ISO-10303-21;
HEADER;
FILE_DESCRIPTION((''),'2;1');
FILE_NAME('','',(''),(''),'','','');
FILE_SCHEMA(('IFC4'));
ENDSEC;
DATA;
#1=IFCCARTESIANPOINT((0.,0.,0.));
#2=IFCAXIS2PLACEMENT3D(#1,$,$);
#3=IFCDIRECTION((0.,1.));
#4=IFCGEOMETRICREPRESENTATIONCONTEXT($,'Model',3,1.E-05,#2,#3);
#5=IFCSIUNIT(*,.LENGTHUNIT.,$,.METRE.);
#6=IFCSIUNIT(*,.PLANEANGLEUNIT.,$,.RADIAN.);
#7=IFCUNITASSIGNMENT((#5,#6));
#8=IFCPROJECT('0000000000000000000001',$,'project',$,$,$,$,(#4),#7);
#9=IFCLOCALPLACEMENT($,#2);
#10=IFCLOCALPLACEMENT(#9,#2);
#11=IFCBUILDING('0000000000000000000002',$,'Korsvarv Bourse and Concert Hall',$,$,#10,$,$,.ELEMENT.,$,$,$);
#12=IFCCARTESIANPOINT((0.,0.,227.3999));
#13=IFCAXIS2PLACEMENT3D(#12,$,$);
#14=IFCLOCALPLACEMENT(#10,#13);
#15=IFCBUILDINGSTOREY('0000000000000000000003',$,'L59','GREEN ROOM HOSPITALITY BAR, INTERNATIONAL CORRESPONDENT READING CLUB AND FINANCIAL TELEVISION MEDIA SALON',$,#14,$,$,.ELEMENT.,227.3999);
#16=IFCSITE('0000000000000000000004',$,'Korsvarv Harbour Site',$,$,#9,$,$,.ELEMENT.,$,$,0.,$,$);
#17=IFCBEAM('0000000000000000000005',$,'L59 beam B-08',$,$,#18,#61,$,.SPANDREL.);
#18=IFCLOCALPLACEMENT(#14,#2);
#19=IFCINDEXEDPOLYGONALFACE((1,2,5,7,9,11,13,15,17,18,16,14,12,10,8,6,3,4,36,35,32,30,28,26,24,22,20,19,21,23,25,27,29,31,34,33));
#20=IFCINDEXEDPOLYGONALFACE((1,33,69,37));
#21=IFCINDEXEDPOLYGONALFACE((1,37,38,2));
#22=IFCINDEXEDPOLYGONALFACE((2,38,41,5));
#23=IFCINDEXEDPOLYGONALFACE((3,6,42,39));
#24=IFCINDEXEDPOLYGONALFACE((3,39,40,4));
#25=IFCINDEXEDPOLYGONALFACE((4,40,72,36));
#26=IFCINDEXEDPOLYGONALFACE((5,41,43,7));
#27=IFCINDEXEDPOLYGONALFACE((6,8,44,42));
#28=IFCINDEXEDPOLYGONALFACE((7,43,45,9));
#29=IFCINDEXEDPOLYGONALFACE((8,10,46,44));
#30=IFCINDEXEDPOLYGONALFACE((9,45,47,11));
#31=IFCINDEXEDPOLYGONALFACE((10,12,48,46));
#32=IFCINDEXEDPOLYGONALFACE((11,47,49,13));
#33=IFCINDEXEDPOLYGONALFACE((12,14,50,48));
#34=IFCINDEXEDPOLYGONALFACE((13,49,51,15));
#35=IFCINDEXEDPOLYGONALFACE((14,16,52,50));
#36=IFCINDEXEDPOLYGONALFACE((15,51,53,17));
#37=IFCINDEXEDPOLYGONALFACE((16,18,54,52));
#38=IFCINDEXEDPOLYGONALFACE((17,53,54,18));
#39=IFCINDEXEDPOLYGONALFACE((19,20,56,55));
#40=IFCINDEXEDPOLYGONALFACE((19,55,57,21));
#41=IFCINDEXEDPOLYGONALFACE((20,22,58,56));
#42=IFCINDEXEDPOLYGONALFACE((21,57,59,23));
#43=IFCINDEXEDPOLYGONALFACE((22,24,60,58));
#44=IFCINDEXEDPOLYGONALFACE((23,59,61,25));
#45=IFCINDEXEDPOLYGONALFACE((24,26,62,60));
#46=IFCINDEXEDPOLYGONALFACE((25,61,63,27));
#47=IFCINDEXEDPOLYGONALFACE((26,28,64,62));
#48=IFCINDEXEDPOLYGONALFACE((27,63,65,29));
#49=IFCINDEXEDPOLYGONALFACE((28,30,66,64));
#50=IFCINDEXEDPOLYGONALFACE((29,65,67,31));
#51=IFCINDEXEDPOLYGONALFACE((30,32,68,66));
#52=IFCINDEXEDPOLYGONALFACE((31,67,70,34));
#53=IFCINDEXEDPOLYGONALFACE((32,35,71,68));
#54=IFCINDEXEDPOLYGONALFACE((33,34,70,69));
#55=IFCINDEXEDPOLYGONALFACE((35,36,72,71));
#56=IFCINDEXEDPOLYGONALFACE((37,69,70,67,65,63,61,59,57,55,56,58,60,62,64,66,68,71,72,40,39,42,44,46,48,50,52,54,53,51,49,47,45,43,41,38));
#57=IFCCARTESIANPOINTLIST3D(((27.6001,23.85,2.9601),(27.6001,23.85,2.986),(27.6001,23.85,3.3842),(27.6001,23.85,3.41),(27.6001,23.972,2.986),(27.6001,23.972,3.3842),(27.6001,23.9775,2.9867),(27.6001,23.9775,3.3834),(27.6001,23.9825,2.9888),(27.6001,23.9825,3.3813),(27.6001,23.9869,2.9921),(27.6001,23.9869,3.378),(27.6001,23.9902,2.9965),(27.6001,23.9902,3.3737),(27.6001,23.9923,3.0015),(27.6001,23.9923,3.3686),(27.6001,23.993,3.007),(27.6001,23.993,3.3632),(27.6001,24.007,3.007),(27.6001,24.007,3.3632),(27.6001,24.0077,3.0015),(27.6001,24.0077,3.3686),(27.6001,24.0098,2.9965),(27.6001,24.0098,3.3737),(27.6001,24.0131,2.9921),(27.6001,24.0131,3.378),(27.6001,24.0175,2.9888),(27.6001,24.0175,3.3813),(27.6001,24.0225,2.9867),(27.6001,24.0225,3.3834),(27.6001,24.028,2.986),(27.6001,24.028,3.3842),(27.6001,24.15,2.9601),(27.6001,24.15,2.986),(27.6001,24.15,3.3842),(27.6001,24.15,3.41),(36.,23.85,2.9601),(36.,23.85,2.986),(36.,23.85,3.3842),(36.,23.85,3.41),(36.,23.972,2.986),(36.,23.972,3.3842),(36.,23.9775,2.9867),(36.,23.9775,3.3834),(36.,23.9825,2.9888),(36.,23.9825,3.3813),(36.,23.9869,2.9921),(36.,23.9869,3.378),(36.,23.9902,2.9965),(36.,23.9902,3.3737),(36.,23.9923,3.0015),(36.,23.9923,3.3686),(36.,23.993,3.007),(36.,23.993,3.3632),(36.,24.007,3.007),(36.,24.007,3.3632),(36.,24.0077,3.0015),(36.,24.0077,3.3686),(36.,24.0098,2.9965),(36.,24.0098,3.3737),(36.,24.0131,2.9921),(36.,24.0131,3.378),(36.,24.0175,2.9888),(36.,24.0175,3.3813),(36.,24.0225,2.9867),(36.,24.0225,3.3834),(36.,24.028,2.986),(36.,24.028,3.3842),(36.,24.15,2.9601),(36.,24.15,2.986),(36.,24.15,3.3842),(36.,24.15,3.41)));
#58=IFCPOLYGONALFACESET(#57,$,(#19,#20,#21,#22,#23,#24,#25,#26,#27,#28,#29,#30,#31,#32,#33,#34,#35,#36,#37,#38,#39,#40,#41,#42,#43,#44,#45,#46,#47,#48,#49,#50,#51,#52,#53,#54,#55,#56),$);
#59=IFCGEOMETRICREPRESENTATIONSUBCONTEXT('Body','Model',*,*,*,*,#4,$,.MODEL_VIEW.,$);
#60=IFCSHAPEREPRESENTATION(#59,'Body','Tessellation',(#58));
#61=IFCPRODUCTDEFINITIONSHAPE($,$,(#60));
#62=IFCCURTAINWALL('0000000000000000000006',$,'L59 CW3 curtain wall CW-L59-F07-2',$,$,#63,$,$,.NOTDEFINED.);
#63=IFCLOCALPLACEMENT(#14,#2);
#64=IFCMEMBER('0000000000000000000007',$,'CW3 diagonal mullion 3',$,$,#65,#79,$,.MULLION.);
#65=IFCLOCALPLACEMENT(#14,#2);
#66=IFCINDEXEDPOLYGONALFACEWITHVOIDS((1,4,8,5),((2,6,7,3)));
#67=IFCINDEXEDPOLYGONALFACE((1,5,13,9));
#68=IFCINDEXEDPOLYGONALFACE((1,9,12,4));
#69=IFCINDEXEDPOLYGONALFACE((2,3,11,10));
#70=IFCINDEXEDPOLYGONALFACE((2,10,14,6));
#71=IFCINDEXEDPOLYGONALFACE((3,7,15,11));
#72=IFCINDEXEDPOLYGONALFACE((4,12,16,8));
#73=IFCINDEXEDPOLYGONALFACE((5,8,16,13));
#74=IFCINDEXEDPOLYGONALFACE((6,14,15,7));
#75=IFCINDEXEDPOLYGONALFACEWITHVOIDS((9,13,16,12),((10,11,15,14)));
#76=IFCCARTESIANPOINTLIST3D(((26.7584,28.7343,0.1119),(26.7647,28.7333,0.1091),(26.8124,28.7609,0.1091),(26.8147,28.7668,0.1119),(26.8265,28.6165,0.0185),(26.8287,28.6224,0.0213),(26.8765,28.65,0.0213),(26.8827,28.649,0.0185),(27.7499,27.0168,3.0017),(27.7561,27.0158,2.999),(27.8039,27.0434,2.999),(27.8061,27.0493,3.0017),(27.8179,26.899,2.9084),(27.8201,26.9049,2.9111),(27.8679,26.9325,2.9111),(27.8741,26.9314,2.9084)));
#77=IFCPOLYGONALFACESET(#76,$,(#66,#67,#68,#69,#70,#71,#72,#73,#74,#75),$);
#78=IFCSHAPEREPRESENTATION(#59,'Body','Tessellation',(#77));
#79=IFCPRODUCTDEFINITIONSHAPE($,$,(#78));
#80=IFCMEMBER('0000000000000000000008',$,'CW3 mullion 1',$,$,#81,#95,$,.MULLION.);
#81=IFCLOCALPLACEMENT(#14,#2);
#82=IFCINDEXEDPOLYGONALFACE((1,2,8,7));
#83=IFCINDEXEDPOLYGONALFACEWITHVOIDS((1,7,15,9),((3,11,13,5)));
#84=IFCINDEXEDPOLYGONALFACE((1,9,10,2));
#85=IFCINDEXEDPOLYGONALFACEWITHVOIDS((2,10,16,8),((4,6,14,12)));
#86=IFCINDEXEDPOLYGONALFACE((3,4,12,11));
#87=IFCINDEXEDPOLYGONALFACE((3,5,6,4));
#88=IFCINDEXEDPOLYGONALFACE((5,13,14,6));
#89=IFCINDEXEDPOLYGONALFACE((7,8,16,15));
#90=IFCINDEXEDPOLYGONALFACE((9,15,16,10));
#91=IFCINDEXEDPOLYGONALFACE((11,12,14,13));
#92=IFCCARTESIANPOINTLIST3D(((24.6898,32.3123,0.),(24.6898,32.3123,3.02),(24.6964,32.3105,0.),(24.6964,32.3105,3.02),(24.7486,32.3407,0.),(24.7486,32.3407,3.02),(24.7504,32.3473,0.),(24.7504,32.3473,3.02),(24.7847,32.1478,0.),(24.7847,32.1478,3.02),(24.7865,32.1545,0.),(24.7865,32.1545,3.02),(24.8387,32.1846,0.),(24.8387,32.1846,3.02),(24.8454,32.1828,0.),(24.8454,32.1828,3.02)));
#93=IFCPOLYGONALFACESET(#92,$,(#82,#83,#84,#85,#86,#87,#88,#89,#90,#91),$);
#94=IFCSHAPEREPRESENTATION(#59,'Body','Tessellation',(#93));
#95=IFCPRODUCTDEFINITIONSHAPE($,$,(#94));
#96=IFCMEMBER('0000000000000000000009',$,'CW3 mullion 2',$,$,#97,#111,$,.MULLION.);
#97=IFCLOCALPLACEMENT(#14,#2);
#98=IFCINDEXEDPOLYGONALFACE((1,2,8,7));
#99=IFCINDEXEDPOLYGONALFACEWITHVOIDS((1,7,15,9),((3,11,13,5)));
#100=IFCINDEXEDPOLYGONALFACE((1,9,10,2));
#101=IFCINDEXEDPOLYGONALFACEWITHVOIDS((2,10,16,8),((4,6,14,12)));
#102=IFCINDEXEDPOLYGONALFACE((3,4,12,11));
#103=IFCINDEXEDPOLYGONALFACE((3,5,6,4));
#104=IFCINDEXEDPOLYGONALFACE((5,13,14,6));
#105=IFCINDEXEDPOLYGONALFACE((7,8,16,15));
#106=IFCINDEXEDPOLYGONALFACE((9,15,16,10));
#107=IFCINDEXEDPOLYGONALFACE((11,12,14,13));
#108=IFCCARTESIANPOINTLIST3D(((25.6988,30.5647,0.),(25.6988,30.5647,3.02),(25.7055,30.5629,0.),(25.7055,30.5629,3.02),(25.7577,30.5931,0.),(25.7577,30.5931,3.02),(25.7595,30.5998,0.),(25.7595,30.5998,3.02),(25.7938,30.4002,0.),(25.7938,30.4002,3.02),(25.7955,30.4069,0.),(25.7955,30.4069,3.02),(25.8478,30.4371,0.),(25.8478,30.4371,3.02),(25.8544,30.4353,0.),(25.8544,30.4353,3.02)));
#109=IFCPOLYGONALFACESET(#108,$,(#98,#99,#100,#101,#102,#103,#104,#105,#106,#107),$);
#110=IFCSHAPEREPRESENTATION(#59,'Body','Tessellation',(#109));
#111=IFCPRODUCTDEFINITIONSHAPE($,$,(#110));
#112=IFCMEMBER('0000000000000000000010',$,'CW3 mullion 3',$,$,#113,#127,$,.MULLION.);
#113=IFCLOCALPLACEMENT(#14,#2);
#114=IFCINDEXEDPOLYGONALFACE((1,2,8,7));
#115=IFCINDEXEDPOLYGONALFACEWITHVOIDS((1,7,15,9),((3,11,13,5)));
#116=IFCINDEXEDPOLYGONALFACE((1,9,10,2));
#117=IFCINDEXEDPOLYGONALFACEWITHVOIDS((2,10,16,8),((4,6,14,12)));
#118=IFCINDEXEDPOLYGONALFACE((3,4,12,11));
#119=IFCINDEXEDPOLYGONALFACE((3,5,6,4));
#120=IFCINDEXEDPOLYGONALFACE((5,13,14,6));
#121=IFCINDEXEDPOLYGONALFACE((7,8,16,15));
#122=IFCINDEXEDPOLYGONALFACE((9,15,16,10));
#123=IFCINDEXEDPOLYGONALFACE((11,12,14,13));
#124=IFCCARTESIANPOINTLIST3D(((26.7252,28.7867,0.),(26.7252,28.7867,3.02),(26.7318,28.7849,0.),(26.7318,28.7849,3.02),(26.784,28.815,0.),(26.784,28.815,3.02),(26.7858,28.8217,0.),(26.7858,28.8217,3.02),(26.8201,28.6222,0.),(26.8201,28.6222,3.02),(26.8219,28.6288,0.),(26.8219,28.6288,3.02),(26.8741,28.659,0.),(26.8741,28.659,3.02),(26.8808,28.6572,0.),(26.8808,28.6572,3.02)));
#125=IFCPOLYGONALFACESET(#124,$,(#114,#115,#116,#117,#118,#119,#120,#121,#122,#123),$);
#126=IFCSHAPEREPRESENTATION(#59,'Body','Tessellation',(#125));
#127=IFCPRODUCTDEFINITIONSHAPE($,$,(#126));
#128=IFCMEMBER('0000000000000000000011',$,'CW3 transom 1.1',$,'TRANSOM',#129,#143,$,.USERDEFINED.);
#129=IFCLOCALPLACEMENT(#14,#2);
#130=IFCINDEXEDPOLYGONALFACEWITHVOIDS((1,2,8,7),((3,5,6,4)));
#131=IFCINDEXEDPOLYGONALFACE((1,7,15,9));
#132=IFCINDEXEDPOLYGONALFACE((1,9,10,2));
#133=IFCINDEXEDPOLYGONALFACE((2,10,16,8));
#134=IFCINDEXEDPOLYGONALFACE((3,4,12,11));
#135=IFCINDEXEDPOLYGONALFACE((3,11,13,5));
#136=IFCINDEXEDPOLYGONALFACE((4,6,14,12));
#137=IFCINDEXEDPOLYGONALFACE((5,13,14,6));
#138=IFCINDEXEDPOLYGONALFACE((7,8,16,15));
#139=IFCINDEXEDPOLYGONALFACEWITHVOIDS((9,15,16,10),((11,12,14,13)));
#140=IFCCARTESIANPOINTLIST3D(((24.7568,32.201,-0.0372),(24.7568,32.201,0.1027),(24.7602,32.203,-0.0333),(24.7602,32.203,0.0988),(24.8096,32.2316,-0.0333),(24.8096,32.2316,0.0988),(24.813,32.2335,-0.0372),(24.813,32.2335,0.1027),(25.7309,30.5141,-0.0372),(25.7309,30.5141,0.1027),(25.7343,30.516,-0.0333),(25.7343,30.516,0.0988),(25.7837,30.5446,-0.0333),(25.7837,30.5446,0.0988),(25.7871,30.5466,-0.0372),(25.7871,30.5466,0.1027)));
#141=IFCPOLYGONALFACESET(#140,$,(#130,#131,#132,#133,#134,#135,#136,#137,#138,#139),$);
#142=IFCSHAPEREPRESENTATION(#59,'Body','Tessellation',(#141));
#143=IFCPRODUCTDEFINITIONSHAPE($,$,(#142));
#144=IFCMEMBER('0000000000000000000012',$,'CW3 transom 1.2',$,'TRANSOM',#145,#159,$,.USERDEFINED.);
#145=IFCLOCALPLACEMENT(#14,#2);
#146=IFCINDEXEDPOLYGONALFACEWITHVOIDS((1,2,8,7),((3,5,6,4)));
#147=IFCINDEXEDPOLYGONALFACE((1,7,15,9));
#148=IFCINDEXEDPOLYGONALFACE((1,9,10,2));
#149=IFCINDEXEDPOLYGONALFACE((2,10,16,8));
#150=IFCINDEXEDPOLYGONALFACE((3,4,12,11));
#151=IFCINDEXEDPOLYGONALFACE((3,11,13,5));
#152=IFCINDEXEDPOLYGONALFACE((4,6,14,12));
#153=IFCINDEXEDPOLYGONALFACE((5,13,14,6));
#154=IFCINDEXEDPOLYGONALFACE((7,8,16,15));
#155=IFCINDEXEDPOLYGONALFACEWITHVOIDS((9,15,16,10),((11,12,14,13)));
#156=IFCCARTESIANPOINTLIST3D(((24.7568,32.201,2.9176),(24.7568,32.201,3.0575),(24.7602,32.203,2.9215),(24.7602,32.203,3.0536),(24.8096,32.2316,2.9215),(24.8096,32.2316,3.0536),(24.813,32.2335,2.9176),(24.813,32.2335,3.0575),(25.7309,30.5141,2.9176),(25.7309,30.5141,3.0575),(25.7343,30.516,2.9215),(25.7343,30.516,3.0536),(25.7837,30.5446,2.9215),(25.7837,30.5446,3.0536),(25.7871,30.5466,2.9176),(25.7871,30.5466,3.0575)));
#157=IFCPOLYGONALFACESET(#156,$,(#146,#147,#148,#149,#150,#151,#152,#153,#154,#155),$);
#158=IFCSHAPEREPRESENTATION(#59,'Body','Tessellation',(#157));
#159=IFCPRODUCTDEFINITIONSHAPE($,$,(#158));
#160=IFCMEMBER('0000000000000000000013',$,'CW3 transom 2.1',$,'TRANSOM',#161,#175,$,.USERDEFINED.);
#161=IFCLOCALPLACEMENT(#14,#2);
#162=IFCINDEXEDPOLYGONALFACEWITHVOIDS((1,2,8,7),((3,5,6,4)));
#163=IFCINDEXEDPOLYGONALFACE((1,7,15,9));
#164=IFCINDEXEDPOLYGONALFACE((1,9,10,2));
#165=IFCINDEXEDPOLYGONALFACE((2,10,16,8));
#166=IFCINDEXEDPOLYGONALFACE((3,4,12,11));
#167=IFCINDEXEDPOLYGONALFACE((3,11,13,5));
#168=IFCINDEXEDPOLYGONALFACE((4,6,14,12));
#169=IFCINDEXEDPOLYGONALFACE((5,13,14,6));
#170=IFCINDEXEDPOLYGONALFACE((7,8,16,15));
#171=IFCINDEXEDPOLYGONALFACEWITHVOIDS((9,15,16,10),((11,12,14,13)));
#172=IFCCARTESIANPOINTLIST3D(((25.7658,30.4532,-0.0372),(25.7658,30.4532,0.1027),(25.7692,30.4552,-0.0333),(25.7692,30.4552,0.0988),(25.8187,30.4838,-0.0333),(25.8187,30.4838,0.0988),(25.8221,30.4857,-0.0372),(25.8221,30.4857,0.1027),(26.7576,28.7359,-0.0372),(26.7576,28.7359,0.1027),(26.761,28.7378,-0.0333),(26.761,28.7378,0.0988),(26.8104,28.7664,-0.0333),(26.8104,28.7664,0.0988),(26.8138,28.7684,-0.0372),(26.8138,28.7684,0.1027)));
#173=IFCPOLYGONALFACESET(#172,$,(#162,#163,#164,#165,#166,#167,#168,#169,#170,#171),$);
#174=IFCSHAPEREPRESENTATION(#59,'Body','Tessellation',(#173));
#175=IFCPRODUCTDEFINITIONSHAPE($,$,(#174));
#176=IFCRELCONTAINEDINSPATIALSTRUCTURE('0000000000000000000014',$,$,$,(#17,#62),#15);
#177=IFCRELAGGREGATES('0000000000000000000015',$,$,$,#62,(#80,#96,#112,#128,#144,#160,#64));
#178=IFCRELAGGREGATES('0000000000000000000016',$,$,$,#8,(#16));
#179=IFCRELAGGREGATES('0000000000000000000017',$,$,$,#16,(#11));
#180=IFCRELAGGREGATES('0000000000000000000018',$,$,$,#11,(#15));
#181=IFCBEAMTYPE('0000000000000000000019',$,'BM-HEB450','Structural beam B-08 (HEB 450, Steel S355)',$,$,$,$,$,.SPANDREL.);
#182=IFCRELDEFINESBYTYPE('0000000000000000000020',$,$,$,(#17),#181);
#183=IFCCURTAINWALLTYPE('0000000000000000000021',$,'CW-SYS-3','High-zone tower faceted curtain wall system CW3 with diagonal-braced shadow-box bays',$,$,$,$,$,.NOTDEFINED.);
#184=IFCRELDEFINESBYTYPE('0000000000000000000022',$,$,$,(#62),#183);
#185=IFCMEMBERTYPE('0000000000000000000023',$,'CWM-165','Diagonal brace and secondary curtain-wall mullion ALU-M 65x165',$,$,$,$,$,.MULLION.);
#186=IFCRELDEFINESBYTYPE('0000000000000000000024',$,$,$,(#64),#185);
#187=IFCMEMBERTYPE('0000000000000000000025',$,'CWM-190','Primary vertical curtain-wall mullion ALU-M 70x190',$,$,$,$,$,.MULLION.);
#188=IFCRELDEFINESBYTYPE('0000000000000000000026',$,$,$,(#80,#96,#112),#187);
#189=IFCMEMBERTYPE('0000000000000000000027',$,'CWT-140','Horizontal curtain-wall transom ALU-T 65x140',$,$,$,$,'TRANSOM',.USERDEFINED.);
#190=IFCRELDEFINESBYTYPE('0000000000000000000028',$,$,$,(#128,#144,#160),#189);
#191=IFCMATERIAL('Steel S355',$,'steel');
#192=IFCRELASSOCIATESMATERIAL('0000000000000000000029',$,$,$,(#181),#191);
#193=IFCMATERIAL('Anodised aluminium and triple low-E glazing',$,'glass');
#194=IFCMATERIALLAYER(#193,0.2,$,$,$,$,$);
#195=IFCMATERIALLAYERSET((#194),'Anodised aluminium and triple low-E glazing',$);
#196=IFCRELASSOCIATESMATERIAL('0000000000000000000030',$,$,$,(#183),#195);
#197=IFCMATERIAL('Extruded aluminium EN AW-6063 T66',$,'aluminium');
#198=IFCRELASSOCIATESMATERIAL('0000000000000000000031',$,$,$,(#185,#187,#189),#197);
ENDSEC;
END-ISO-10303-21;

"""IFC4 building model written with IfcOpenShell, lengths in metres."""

from ifc_helpers import new_model, si_unit, direction, frame, origin, origin_2d, place, context, subcontext, project, spatial, hollow_rectangle, i_section, extrude, source, transform, mapped, material, layer, layer_set, material_profile, profile_set, type_object, element, aggregate, save


model = new_model("IFC4")

# Units and contexts
model_context = context("Model", 3, precision=1e-05, world=origin(), true_north=direction((0.0, 1.0)))
body_context = subcontext(model_context, "Body", "Model", "MODEL_VIEW")
ifc_project = project(units=[si_unit("LENGTHUNIT", "METRE"), si_unit("PLANEANGLEUNIT", "RADIAN")], contexts=[model_context])

# Site, building, storey
site_placement = place(None, origin())
site = spatial("IfcSite", under=ifc_project, at=site_placement, Name="Korsvarv Harbour Site", CompositionType="ELEMENT", RefElevation=0.0)
building_placement = place(site_placement, origin())
building = spatial("IfcBuilding", under=site, at=building_placement, Name="Korsvarv Bourse and Concert Hall", CompositionType="ELEMENT")
storey_placement = place(building_placement, frame((0.0, 0.0, 227.3999)))
storey = spatial("IfcBuildingStorey", under=building, at=storey_placement, Name="L59", Description="GREEN ROOM HOSPITALITY BAR, INTERNATIONAL CORRESPONDENT READING CLUB AND FINANCIAL TELEVISION MEDIA SALON", CompositionType="ELEMENT", Elevation=227.3999)

# Shared definitions
ifc_material_1 = material(Name="Steel S355", Category="steel")

# Beam
ifc_material_profile_1 = material_profile(ifc_material_1, i_section(OverallWidth=0.3, OverallDepth=0.45, WebThickness=0.0139, FlangeThickness=0.0259, FilletRadius=0.021, at=origin_2d()), Name="HEB 450")
ifc_profile_set_1 = profile_set([ifc_material_profile_1], Name="Steel S355")
beam_type_1 = type_object("IfcBeamType", Name="BM-HEB450", Description="Structural beam B-08 (HEB 450, Steel S355)", PredefinedType="SPANDREL", material=ifc_profile_set_1)
shared_shape_1 = source(origin(), body_context, "Body", "SweptSolid", [
    extrude(i_section(OverallWidth=0.3, OverallDepth=0.45, WebThickness=0.0139, FlangeThickness=0.0259, FilletRadius=0.021, at=origin_2d()), origin(), (0.0, 0.0, 1.0), 8.3999),
])
beam_1_placement = place(storey_placement, frame((27.6001, 24.0, 3.1851), z_axis=(1.0, 0.0, 0.0), x_axis=(0.0, 1.0, 0.0)))
element("IfcBeam", 1, at=beam_1_placement, inside=storey, type_object=beam_type_1, Name="L59 beam B-08", PredefinedType="SPANDREL", context=body_context, shape_type="MappedRepresentation", body=[
    mapped(shared_shape_1, transform((0.0, 0.0, 0.0), scale=1.0)),
])

# Curtain wall, members
ifc_material_2 = material(Name="Anodised aluminium and triple low-E glazing", Category="glass")
ifc_layer_1 = layer(ifc_material_2, 0.2)
ifc_layer_set_1 = layer_set([ifc_layer_1], Name="Anodised aluminium and triple low-E glazing")
curtain_wall_type = type_object("IfcCurtainWallType", Name="CW-SYS-3", Description="High-zone tower faceted curtain wall system CW3 with diagonal-braced shadow-box bays", PredefinedType="NOTDEFINED", material=ifc_layer_set_1)
curtain_wall_placement = place(storey_placement, origin())
curtain_wall = element("IfcCurtainWall", 2, at=curtain_wall_placement, inside=storey, type_object=curtain_wall_type, Name="L59 CW3 curtain wall CW-L59-F07-2", PredefinedType="NOTDEFINED")
ifc_material_3 = material(Name="Extruded aluminium EN AW-6063 T66", Category="aluminium")
ifc_material_profile_2 = material_profile(ifc_material_3, hollow_rectangle(XDim=0.0649, YDim=0.165, WallThickness=0.0049, at=origin_2d()), Name="ALU-M 65x165")
ifc_profile_set_2 = profile_set([ifc_material_profile_2], Name="Extruded aluminium EN AW-6063 T66")
member_type_1 = type_object("IfcMemberType", Name="CWM-165", Description="Diagonal brace and secondary curtain-wall mullion ALU-M 65x165", PredefinedType="MULLION", material=ifc_profile_set_2)
shared_shape_2 = source(origin(), body_context, "Body", "SweptSolid", [
    extrude(hollow_rectangle(XDim=0.0649, YDim=0.165, WallThickness=0.0049, at=origin_2d()), origin(), (0.0, 0.0, 1.0), 3.5049),
])
member_1_placement = place(storey_placement, frame((26.8206, 28.6917, 0.0652), z_axis=(0.282876, -0.490036, 0.824528), x_axis=(0.866061, 0.499939, 0.0)))
member_1 = element("IfcMember", 3, at=member_1_placement, type_object=member_type_1, Name="CW3 diagonal mullion 3", PredefinedType="MULLION", context=body_context, shape_type="MappedRepresentation", body=[
    mapped(shared_shape_2, transform((0.0, 0.0, 0.0), scale=1.0)),
])
ifc_material_profile_3 = material_profile(ifc_material_3, hollow_rectangle(XDim=0.0701, YDim=0.1899, WallThickness=0.0049, at=origin_2d()), Name="ALU-M 70x190")
ifc_profile_set_3 = profile_set([ifc_material_profile_3], Name="Extruded aluminium EN AW-6063 T66")
member_type_2 = type_object("IfcMemberType", Name="CWM-190", Description="Primary vertical curtain-wall mullion ALU-M 70x190", PredefinedType="MULLION", material=ifc_profile_set_3)
shared_shape_3 = source(origin(), body_context, "Body", "SweptSolid", [
    extrude(hollow_rectangle(XDim=0.0701, YDim=0.1899, WallThickness=0.0049, at=origin_2d()), origin(), (0.0, 0.0, 1.0), 3.02),
])
member_2_placement = place(storey_placement, frame((24.7676, 32.2476, 0.0), z_axis=(0.0, 0.0, 1.0), x_axis=(0.866025, 0.5, 0.0)))
member_2 = element("IfcMember", 4, at=member_2_placement, type_object=member_type_2, Name="CW3 mullion 1", PredefinedType="MULLION", context=body_context, shape_type="MappedRepresentation", body=[
    mapped(shared_shape_3, transform((0.0, 0.0, 0.0), scale=1.0)),
])
member_3_placement = place(storey_placement, frame((25.7766, 30.5, 0.0), z_axis=(0.0, 0.0, 1.0), x_axis=(0.866025, 0.5, 0.0)))
member_3 = element("IfcMember", 5, at=member_3_placement, type_object=member_type_2, Name="CW3 mullion 2", PredefinedType="MULLION", context=body_context, shape_type="MappedRepresentation", body=[
    mapped(shared_shape_3, transform((0.0, 0.0, 0.0), scale=1.0)),
])
member_4_placement = place(storey_placement, frame((26.803, 28.7219, 0.0), z_axis=(0.0, 0.0, 1.0), x_axis=(0.866025, 0.5, 0.0)))
member_4 = element("IfcMember", 6, at=member_4_placement, type_object=member_type_2, Name="CW3 mullion 3", PredefinedType="MULLION", context=body_context, shape_type="MappedRepresentation", body=[
    mapped(shared_shape_3, transform((0.0, 0.0, 0.0), scale=1.0)),
])
ifc_material_profile_4 = material_profile(ifc_material_3, hollow_rectangle(XDim=0.0649, YDim=0.1399, WallThickness=0.0039, at=origin_2d()), Name="ALU-T 65x140")
ifc_profile_set_4 = profile_set([ifc_material_profile_4], Name="Extruded aluminium EN AW-6063 T66")
member_type_3 = type_object("IfcMemberType", Name="CWT-140", Description="Horizontal curtain-wall transom ALU-T 65x140", ElementType="TRANSOM", PredefinedType="USERDEFINED", material=ifc_profile_set_4)
shared_shape_4 = source(origin(), body_context, "Body", "SweptSolid", [
    extrude(hollow_rectangle(XDim=0.0649, YDim=0.1399, WallThickness=0.0039, at=origin_2d()), origin(), (0.0, 0.0, 1.0), 1.948),
])
member_5_placement = place(storey_placement, frame((24.7849, 32.2173, 0.0327), z_axis=(0.500048, -0.865998, 0.0), x_axis=(0.865998, 0.500048, 0.0)))
member_5 = element("IfcMember", 7, at=member_5_placement, type_object=member_type_3, Name="CW3 transom 1.1", ObjectType="TRANSOM", PredefinedType="USERDEFINED", context=body_context, shape_type="MappedRepresentation", body=[
    mapped(shared_shape_4, transform((0.0, 0.0, 0.0), scale=1.0)),
])
member_6_placement = place(storey_placement, frame((24.7849, 32.2173, 2.9875), z_axis=(0.500048, -0.865998, 0.0), x_axis=(0.865998, 0.500048, 0.0)))
member_6 = element("IfcMember", 8, at=member_6_placement, type_object=member_type_3, Name="CW3 transom 1.2", ObjectType="TRANSOM", PredefinedType="USERDEFINED", context=body_context, shape_type="MappedRepresentation", body=[
    mapped(shared_shape_4, transform((0.0, 0.0, 0.0), scale=1.0)),
])
shared_shape_5 = source(origin(), body_context, "Body", "SweptSolid", [
    extrude(hollow_rectangle(XDim=0.0649, YDim=0.1399, WallThickness=0.0039, at=origin_2d()), origin(), (0.0, 0.0, 1.0), 1.9832),
])
member_7_placement = place(storey_placement, frame((25.7939, 30.4695, 0.0327), z_axis=(0.500085, -0.865976, 0.0), x_axis=(0.865976, 0.500085, 0.0)))
member_7 = element("IfcMember", 9, at=member_7_placement, type_object=member_type_3, Name="CW3 transom 2.1", ObjectType="TRANSOM", PredefinedType="USERDEFINED", context=body_context, shape_type="MappedRepresentation", body=[
    mapped(shared_shape_5, transform((0.0, 0.0, 0.0), scale=1.0)),
])

aggregate(curtain_wall, [member_2, member_3, member_4, member_5, member_6, member_7, member_1])

save(model, "model.ifc")
